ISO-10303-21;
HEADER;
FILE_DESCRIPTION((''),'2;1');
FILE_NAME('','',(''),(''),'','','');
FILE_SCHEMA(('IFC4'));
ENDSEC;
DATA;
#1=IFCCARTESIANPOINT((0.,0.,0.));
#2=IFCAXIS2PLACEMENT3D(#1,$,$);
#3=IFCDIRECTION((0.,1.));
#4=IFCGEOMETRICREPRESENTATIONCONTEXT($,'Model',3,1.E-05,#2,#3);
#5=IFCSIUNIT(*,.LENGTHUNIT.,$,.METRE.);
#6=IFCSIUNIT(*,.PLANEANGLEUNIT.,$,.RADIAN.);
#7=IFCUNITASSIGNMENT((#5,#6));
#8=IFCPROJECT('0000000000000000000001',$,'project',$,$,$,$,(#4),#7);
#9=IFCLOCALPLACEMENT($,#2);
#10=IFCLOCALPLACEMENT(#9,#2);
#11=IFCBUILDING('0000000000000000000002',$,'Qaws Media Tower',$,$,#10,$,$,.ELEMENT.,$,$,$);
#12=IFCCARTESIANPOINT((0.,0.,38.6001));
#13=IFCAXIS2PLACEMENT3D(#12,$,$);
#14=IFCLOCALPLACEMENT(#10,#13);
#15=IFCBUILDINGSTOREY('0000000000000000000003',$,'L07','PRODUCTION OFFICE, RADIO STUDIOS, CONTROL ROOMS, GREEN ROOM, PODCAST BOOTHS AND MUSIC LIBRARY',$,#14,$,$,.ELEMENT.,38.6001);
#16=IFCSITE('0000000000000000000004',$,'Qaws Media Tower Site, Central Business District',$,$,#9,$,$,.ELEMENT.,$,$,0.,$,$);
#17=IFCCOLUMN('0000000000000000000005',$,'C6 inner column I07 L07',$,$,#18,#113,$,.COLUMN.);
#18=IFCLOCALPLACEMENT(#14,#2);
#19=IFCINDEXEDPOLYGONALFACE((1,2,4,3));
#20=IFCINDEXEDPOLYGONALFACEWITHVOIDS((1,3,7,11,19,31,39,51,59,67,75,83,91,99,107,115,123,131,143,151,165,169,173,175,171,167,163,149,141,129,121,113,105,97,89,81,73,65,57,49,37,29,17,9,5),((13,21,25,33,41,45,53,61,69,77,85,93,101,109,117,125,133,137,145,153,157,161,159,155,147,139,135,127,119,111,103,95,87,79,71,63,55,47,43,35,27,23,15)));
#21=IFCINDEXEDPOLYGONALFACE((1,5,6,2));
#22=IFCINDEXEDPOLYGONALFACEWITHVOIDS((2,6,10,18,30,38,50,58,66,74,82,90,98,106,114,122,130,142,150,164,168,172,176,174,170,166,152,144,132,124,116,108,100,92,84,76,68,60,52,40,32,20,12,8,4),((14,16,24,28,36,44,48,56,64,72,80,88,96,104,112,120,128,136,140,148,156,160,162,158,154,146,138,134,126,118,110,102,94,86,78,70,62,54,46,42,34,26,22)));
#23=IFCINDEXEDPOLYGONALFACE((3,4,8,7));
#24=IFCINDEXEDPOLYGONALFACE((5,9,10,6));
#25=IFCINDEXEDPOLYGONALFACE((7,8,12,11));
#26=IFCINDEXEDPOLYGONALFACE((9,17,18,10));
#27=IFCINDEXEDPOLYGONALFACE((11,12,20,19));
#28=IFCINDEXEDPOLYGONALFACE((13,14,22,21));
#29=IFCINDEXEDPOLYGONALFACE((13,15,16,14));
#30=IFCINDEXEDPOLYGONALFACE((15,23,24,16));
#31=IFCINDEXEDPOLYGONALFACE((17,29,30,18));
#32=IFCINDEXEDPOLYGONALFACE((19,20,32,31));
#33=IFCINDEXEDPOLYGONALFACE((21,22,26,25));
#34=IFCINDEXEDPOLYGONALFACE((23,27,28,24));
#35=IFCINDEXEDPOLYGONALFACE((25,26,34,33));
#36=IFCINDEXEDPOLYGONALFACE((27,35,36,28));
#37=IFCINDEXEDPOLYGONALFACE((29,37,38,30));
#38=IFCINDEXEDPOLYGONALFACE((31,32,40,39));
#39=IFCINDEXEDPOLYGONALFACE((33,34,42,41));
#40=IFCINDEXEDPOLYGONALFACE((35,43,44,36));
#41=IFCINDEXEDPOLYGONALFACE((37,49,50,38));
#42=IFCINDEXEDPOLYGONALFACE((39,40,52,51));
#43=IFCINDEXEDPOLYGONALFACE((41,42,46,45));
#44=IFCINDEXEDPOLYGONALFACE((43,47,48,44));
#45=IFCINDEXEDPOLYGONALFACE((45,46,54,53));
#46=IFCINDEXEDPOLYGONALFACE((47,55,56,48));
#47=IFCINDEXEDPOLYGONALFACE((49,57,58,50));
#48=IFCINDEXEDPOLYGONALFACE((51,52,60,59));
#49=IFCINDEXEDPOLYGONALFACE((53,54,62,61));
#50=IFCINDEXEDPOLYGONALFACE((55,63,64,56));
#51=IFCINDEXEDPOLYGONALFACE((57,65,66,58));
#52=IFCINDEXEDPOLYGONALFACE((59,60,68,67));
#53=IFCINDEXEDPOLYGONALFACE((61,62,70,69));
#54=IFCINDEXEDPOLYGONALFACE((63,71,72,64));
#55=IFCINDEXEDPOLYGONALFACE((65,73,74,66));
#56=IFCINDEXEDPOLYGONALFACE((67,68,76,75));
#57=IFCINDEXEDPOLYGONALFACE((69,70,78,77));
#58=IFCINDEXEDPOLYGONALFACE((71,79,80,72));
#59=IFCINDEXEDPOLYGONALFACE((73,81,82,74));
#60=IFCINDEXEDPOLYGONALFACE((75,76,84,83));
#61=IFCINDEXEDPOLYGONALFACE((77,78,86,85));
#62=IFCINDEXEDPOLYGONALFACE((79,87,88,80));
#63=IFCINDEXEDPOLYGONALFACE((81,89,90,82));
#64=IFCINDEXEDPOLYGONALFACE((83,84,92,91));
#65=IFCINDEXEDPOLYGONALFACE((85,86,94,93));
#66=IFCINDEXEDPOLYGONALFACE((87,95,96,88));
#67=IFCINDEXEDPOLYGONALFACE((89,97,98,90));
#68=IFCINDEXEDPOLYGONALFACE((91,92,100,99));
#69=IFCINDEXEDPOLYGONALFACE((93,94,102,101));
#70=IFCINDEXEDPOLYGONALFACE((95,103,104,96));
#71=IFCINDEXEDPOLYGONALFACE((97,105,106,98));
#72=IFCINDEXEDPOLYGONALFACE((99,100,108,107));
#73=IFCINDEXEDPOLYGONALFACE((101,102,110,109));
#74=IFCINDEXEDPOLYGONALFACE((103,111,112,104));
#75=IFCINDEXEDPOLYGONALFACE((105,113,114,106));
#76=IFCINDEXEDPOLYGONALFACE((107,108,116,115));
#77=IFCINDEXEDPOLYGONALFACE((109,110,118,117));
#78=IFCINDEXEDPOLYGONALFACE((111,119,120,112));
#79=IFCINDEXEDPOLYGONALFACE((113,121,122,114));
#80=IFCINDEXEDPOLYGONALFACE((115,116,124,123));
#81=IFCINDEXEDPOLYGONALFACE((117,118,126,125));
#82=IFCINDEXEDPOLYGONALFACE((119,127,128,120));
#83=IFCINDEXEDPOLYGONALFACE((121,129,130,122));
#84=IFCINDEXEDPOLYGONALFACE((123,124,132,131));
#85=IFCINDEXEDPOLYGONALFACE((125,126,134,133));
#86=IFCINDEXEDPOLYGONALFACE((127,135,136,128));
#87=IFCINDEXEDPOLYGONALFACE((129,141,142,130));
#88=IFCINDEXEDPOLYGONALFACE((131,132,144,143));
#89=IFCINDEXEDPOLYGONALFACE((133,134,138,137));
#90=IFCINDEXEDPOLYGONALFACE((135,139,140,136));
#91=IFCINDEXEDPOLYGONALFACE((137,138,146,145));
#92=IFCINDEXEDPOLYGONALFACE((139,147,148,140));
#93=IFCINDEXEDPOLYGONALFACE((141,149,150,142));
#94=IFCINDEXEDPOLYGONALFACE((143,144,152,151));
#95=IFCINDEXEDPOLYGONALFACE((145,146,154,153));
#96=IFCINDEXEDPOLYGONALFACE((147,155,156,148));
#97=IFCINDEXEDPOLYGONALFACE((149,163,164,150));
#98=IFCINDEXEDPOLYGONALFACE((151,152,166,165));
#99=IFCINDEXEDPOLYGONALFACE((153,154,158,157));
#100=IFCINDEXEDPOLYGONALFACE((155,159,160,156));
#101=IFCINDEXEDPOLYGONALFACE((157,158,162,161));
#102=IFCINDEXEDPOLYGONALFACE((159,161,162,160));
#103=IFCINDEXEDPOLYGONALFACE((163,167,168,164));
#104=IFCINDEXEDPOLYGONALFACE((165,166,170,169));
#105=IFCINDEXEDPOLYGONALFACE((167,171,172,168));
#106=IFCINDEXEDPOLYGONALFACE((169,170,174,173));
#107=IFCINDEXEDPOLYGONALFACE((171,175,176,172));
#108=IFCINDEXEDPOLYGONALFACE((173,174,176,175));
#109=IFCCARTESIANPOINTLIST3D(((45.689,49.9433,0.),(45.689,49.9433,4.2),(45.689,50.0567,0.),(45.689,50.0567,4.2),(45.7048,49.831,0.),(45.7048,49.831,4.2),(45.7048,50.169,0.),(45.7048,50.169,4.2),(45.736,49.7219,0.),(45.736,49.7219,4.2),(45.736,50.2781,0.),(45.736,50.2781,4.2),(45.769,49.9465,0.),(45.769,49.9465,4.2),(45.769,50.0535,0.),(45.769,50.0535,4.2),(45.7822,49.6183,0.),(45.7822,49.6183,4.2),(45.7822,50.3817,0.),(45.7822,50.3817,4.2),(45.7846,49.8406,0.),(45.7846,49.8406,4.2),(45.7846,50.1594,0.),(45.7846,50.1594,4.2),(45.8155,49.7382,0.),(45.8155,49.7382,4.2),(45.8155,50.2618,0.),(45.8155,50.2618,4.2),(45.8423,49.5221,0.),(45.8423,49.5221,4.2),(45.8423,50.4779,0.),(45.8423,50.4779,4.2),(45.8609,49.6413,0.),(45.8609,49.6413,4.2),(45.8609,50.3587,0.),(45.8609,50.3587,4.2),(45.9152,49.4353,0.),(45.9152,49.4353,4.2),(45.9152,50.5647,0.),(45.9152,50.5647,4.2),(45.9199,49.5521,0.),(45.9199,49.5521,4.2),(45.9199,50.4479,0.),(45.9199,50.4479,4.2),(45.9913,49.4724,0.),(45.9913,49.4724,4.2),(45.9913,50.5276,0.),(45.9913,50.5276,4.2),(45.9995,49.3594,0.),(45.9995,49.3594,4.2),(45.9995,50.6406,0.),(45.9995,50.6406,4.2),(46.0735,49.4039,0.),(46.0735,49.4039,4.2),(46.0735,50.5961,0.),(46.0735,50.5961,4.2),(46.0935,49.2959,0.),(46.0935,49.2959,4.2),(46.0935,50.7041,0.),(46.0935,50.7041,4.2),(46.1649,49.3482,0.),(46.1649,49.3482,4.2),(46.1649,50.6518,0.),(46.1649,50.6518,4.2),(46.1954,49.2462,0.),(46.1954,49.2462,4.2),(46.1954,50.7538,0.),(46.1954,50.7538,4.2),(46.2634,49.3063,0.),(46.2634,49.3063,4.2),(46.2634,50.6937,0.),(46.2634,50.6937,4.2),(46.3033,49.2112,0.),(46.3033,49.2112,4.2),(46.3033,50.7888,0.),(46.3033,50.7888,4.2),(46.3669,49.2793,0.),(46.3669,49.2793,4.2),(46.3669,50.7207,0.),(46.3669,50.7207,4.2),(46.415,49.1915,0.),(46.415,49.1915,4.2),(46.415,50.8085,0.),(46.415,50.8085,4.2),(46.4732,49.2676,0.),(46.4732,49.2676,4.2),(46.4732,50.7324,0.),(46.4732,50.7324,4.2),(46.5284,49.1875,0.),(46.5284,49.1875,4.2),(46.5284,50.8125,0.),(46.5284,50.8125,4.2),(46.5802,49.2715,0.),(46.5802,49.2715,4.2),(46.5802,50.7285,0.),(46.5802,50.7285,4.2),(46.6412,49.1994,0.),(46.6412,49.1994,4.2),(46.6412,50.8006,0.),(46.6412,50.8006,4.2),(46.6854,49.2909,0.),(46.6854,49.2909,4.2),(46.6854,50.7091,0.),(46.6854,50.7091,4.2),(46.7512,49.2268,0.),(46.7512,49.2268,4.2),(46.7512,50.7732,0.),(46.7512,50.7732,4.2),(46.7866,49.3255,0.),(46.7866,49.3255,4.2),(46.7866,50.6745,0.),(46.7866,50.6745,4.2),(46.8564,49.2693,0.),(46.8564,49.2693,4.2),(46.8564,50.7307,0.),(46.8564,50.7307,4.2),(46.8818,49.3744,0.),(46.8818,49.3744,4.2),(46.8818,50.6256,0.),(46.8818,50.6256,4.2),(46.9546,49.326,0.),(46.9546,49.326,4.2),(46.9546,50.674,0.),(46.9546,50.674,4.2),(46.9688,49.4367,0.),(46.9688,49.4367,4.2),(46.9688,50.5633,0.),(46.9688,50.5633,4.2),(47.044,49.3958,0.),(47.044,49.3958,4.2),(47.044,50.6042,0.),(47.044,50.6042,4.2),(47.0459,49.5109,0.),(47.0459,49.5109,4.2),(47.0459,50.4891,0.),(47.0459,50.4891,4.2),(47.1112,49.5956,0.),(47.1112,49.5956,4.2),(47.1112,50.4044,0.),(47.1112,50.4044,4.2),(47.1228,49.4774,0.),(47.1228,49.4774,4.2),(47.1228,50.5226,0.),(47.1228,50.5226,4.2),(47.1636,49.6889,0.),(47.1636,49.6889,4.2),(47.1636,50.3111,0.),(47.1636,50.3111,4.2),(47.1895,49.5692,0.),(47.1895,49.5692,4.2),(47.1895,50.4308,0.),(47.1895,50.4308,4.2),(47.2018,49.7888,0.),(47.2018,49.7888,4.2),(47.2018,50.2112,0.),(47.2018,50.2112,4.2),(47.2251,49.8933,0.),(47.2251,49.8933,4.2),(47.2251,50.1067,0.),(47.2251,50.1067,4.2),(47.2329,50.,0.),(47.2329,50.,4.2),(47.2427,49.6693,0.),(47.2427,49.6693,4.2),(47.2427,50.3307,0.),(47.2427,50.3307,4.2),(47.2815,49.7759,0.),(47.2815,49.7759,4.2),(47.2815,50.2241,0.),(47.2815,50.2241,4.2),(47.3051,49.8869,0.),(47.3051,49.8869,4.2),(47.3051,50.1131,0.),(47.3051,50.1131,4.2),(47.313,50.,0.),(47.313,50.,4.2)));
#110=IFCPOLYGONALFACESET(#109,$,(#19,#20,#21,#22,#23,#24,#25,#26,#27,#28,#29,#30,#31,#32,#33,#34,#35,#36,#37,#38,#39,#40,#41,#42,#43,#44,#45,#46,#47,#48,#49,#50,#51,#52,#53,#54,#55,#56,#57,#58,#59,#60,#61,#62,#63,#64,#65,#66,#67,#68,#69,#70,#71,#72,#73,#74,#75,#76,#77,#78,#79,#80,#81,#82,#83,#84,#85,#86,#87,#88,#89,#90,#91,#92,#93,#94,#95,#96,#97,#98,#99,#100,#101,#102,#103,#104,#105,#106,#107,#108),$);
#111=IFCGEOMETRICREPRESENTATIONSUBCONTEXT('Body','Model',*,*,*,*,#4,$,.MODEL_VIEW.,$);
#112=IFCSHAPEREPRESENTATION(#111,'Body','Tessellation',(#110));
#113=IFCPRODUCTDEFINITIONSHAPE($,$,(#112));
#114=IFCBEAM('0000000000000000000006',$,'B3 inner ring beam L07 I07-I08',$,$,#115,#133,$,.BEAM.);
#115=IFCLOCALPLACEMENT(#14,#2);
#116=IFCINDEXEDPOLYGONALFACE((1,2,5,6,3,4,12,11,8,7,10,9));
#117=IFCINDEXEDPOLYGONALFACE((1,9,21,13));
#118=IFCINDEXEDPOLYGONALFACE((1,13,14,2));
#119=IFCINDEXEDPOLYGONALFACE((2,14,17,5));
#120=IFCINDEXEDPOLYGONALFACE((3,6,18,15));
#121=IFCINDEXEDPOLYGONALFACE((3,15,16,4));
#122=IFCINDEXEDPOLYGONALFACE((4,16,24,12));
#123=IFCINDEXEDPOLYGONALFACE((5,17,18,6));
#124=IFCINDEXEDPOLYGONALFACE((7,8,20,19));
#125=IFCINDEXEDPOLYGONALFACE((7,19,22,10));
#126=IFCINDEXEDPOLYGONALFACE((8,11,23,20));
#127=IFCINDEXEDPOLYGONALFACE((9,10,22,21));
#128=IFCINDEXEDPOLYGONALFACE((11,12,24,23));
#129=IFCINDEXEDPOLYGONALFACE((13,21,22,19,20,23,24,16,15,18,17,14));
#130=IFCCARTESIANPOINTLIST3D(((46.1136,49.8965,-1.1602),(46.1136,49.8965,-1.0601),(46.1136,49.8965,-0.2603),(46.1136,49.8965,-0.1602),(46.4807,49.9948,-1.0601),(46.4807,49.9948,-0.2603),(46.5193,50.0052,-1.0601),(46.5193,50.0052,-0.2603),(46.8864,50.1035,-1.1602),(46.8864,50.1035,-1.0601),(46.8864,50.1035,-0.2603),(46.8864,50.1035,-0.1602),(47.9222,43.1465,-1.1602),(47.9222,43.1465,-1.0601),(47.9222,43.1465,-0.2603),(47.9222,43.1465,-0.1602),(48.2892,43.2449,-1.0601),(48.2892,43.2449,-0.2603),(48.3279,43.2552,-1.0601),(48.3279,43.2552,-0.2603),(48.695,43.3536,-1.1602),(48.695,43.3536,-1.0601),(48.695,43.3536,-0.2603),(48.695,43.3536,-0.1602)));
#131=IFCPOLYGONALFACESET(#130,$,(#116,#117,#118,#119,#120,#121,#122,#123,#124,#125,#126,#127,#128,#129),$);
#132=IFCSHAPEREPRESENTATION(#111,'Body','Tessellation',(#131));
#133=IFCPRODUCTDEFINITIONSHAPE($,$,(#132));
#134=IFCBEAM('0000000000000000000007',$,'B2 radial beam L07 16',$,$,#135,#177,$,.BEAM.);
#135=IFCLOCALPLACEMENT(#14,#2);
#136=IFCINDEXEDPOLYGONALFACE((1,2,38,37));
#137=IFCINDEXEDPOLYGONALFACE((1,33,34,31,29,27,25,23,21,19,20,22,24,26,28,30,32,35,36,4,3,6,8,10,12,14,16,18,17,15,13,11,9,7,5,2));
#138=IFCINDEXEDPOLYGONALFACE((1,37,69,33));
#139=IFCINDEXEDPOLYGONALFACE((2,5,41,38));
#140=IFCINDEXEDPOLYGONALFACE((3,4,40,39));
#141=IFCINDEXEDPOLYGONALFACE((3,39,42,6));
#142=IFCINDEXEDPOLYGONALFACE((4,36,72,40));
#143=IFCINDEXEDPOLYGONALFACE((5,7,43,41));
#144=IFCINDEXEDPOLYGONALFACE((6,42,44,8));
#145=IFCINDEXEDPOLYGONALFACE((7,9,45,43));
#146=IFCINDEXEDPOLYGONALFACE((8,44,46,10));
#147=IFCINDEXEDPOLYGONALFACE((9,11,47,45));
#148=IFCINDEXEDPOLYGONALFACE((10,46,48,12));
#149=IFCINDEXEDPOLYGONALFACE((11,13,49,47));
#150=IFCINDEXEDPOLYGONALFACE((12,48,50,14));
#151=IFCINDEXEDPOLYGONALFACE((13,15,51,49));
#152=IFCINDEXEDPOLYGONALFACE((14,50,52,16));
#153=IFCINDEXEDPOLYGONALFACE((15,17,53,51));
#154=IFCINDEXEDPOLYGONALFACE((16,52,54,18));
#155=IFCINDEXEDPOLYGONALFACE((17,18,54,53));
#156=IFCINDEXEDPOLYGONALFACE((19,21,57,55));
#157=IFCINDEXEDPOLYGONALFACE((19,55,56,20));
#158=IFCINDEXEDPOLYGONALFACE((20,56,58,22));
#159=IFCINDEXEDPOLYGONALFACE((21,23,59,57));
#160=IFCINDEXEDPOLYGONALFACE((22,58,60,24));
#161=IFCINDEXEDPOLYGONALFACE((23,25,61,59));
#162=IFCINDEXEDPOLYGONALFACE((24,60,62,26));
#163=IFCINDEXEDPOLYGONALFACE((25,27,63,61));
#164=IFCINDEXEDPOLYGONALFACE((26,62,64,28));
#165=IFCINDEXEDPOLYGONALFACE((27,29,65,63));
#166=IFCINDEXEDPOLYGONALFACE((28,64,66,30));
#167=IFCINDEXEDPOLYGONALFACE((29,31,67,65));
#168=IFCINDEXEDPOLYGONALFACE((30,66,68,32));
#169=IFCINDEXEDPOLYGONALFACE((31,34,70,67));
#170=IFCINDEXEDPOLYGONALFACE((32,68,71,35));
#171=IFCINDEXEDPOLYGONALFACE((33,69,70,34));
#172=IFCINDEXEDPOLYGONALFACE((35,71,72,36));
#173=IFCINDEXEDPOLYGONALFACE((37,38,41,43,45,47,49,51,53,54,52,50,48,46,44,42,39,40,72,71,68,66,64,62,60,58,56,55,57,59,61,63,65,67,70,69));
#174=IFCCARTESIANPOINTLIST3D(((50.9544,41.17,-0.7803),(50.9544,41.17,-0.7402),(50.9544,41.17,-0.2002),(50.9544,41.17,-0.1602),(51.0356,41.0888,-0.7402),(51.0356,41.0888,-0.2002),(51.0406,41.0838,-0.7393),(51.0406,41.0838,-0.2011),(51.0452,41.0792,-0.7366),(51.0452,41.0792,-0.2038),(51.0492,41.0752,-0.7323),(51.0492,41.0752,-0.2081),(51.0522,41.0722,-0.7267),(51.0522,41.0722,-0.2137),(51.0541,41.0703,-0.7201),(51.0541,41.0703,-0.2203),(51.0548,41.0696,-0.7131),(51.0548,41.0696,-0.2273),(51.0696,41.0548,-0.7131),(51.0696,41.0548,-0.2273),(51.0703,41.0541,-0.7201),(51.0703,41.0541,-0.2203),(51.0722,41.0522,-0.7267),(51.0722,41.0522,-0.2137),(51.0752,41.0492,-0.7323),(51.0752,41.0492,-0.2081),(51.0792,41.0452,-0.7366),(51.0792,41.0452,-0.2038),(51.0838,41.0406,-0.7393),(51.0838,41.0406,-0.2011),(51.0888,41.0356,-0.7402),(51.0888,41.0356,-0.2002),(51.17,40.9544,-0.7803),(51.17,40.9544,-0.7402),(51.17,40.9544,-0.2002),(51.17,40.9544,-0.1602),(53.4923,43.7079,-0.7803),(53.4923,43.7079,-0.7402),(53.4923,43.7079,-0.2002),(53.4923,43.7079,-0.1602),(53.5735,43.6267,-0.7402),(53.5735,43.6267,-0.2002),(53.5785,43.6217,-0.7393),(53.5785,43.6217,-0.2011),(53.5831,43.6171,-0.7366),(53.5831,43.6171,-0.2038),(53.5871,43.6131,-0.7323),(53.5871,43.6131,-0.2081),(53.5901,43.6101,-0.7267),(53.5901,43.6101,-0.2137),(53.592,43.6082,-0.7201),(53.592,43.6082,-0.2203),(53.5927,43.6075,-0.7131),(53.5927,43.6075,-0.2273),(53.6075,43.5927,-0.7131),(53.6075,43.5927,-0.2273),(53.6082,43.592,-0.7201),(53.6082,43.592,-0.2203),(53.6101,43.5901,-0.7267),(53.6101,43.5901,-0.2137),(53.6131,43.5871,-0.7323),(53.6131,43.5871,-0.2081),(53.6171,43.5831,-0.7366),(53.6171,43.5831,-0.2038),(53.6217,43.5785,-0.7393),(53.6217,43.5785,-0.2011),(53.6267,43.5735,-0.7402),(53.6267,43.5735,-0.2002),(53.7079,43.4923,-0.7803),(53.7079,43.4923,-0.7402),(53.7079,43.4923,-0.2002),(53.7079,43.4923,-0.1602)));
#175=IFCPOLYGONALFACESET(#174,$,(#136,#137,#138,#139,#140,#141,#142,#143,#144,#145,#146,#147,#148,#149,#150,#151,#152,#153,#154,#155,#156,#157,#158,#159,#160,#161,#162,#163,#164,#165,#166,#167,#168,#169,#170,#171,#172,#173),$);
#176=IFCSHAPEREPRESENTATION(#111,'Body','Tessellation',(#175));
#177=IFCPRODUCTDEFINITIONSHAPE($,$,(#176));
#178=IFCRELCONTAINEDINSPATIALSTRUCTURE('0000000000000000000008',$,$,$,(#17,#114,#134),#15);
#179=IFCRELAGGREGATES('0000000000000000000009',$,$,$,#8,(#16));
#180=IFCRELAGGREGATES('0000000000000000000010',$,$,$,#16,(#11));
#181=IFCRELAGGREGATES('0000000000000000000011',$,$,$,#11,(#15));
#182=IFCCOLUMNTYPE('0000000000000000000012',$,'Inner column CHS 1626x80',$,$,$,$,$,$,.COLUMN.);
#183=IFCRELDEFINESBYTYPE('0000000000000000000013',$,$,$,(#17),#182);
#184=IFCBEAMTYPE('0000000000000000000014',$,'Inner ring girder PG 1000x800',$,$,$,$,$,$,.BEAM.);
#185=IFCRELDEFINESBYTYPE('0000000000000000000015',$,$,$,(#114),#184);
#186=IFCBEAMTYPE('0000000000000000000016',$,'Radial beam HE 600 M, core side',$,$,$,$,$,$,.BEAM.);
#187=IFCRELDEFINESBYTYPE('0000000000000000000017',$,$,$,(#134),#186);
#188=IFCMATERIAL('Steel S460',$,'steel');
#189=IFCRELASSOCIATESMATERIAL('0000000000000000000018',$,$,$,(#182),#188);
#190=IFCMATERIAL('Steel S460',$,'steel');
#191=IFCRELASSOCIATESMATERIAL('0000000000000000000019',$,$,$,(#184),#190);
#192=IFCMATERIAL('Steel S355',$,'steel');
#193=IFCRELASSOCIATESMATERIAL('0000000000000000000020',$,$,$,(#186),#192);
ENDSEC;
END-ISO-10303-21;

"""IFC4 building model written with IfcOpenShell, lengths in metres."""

from ifc_helpers import new_model, si_unit, direction, frame, origin, origin_2d, place, context, subcontext, project, spatial, hollow_circle, i_section, extrude, material, material_profile, profile_set, type_object, element, save


model = new_model("IFC4")

# Units and contexts
model_context = context("Model", 3, precision=1e-05, world=origin(), true_north=direction((0.0, 1.0)))
body_context = subcontext(model_context, "Body", "Model", "MODEL_VIEW")
ifc_project = project(units=[si_unit("LENGTHUNIT", "METRE"), si_unit("PLANEANGLEUNIT", "RADIAN")], contexts=[model_context])

# Site, building, storey
site_placement = place(None, origin())
site = spatial("IfcSite", under=ifc_project, at=site_placement, Name="Qaws Media Tower Site, Central Business District", CompositionType="ELEMENT", RefElevation=0.0)
building_placement = place(site_placement, origin())
building = spatial("IfcBuilding", under=site, at=building_placement, Name="Qaws Media Tower", CompositionType="ELEMENT")
storey_placement = place(building_placement, frame((0.0, 0.0, 38.6001)))
storey = spatial("IfcBuildingStorey", under=building, at=storey_placement, Name="L07", Description="PRODUCTION OFFICE, RADIO STUDIOS, CONTROL ROOMS, GREEN ROOM, PODCAST BOOTHS AND MUSIC LIBRARY", CompositionType="ELEMENT", Elevation=38.6001)

# Column
ifc_material_1 = material(Name="Steel S460", Category="steel")
ifc_material_profile_1 = material_profile(ifc_material_1, hollow_circle(Radius=0.813, WallThickness=0.0801, at=origin_2d()), Name="CHS 1626x80")
ifc_profile_set_1 = profile_set([ifc_material_profile_1], Name="Steel S460")
column_type = type_object("IfcColumnType", Name="Inner column CHS 1626x80", PredefinedType="COLUMN", material=ifc_profile_set_1)
column_placement = place(storey_placement, frame((46.5, 50.0, 0.0), z_axis=(0.0, 0.0, 1.0), x_axis=(1.0, 0.0, 0.0)))
element("IfcColumn", 1, at=column_placement, inside=storey, type_object=column_type, Name="C6 inner column I07 L07", PredefinedType="COLUMN", context=body_context, shape_type="SweptSolid", body=[
    extrude(hollow_circle(Radius=0.813, WallThickness=0.0801, at=origin_2d()), origin(), (0.0, 0.0, 1.0), 4.2),
])

# Beams
ifc_material_2 = material(Name="Steel S460", Category="steel")
ifc_material_profile_2 = material_profile(ifc_material_2, i_section(OverallWidth=0.8, OverallDepth=1.0, WebThickness=0.04, FlangeThickness=0.1001, at=origin_2d()), Name="PG 1000x800")
ifc_profile_set_2 = profile_set([ifc_material_profile_2], Name="Steel S460")
beam_type_1 = type_object("IfcBeamType", Name="Inner ring girder PG 1000x800", PredefinedType="BEAM", material=ifc_profile_set_2)
beam_1_placement = place(storey_placement, frame((46.5, 50.0, -0.6602), z_axis=(0.258811, -0.965928, 0.0), x_axis=(0.965928, 0.258811, 0.0)))
element("IfcBeam", 2, at=beam_1_placement, inside=storey, type_object=beam_type_1, Name="B3 inner ring beam L07 I07-I08", PredefinedType="BEAM", context=body_context, shape_type="SweptSolid", body=[
    extrude(i_section(OverallWidth=0.8, OverallDepth=1.0, WebThickness=0.04, FlangeThickness=0.1001, at=origin_2d()), origin(), (0.0, 0.0, 1.0), 6.988),
])
ifc_material_3 = material(Name="Steel S355", Category="steel")
ifc_material_profile_3 = material_profile(ifc_material_3, i_section(OverallWidth=0.3049, OverallDepth=0.6201, WebThickness=0.021, FlangeThickness=0.04, FilletRadius=0.0271, at=origin_2d()), Name="HE 600 M")
ifc_profile_set_3 = profile_set([ifc_material_profile_3], Name="Steel S355")
beam_type_2 = type_object("IfcBeamType", Name="Radial beam HE 600 M, core side", PredefinedType="BEAM", material=ifc_profile_set_3)
beam_2_placement = place(storey_placement, frame((53.6001, 43.6001, -0.4702), z_axis=(-0.707107, -0.707107, 0.0), x_axis=(0.707107, -0.707107, 0.0)))
element("IfcBeam", 3, at=beam_2_placement, inside=storey, type_object=beam_type_2, Name="B2 radial beam L07 16", PredefinedType="BEAM", context=body_context, shape_type="SweptSolid", body=[
    extrude(i_section(OverallWidth=0.3049, OverallDepth=0.6201, WebThickness=0.021, FlangeThickness=0.04, FilletRadius=0.0271, at=origin_2d()), origin(), (0.0, 0.0, 1.0), 3.5891),
])

save(model, "model.ifc")
